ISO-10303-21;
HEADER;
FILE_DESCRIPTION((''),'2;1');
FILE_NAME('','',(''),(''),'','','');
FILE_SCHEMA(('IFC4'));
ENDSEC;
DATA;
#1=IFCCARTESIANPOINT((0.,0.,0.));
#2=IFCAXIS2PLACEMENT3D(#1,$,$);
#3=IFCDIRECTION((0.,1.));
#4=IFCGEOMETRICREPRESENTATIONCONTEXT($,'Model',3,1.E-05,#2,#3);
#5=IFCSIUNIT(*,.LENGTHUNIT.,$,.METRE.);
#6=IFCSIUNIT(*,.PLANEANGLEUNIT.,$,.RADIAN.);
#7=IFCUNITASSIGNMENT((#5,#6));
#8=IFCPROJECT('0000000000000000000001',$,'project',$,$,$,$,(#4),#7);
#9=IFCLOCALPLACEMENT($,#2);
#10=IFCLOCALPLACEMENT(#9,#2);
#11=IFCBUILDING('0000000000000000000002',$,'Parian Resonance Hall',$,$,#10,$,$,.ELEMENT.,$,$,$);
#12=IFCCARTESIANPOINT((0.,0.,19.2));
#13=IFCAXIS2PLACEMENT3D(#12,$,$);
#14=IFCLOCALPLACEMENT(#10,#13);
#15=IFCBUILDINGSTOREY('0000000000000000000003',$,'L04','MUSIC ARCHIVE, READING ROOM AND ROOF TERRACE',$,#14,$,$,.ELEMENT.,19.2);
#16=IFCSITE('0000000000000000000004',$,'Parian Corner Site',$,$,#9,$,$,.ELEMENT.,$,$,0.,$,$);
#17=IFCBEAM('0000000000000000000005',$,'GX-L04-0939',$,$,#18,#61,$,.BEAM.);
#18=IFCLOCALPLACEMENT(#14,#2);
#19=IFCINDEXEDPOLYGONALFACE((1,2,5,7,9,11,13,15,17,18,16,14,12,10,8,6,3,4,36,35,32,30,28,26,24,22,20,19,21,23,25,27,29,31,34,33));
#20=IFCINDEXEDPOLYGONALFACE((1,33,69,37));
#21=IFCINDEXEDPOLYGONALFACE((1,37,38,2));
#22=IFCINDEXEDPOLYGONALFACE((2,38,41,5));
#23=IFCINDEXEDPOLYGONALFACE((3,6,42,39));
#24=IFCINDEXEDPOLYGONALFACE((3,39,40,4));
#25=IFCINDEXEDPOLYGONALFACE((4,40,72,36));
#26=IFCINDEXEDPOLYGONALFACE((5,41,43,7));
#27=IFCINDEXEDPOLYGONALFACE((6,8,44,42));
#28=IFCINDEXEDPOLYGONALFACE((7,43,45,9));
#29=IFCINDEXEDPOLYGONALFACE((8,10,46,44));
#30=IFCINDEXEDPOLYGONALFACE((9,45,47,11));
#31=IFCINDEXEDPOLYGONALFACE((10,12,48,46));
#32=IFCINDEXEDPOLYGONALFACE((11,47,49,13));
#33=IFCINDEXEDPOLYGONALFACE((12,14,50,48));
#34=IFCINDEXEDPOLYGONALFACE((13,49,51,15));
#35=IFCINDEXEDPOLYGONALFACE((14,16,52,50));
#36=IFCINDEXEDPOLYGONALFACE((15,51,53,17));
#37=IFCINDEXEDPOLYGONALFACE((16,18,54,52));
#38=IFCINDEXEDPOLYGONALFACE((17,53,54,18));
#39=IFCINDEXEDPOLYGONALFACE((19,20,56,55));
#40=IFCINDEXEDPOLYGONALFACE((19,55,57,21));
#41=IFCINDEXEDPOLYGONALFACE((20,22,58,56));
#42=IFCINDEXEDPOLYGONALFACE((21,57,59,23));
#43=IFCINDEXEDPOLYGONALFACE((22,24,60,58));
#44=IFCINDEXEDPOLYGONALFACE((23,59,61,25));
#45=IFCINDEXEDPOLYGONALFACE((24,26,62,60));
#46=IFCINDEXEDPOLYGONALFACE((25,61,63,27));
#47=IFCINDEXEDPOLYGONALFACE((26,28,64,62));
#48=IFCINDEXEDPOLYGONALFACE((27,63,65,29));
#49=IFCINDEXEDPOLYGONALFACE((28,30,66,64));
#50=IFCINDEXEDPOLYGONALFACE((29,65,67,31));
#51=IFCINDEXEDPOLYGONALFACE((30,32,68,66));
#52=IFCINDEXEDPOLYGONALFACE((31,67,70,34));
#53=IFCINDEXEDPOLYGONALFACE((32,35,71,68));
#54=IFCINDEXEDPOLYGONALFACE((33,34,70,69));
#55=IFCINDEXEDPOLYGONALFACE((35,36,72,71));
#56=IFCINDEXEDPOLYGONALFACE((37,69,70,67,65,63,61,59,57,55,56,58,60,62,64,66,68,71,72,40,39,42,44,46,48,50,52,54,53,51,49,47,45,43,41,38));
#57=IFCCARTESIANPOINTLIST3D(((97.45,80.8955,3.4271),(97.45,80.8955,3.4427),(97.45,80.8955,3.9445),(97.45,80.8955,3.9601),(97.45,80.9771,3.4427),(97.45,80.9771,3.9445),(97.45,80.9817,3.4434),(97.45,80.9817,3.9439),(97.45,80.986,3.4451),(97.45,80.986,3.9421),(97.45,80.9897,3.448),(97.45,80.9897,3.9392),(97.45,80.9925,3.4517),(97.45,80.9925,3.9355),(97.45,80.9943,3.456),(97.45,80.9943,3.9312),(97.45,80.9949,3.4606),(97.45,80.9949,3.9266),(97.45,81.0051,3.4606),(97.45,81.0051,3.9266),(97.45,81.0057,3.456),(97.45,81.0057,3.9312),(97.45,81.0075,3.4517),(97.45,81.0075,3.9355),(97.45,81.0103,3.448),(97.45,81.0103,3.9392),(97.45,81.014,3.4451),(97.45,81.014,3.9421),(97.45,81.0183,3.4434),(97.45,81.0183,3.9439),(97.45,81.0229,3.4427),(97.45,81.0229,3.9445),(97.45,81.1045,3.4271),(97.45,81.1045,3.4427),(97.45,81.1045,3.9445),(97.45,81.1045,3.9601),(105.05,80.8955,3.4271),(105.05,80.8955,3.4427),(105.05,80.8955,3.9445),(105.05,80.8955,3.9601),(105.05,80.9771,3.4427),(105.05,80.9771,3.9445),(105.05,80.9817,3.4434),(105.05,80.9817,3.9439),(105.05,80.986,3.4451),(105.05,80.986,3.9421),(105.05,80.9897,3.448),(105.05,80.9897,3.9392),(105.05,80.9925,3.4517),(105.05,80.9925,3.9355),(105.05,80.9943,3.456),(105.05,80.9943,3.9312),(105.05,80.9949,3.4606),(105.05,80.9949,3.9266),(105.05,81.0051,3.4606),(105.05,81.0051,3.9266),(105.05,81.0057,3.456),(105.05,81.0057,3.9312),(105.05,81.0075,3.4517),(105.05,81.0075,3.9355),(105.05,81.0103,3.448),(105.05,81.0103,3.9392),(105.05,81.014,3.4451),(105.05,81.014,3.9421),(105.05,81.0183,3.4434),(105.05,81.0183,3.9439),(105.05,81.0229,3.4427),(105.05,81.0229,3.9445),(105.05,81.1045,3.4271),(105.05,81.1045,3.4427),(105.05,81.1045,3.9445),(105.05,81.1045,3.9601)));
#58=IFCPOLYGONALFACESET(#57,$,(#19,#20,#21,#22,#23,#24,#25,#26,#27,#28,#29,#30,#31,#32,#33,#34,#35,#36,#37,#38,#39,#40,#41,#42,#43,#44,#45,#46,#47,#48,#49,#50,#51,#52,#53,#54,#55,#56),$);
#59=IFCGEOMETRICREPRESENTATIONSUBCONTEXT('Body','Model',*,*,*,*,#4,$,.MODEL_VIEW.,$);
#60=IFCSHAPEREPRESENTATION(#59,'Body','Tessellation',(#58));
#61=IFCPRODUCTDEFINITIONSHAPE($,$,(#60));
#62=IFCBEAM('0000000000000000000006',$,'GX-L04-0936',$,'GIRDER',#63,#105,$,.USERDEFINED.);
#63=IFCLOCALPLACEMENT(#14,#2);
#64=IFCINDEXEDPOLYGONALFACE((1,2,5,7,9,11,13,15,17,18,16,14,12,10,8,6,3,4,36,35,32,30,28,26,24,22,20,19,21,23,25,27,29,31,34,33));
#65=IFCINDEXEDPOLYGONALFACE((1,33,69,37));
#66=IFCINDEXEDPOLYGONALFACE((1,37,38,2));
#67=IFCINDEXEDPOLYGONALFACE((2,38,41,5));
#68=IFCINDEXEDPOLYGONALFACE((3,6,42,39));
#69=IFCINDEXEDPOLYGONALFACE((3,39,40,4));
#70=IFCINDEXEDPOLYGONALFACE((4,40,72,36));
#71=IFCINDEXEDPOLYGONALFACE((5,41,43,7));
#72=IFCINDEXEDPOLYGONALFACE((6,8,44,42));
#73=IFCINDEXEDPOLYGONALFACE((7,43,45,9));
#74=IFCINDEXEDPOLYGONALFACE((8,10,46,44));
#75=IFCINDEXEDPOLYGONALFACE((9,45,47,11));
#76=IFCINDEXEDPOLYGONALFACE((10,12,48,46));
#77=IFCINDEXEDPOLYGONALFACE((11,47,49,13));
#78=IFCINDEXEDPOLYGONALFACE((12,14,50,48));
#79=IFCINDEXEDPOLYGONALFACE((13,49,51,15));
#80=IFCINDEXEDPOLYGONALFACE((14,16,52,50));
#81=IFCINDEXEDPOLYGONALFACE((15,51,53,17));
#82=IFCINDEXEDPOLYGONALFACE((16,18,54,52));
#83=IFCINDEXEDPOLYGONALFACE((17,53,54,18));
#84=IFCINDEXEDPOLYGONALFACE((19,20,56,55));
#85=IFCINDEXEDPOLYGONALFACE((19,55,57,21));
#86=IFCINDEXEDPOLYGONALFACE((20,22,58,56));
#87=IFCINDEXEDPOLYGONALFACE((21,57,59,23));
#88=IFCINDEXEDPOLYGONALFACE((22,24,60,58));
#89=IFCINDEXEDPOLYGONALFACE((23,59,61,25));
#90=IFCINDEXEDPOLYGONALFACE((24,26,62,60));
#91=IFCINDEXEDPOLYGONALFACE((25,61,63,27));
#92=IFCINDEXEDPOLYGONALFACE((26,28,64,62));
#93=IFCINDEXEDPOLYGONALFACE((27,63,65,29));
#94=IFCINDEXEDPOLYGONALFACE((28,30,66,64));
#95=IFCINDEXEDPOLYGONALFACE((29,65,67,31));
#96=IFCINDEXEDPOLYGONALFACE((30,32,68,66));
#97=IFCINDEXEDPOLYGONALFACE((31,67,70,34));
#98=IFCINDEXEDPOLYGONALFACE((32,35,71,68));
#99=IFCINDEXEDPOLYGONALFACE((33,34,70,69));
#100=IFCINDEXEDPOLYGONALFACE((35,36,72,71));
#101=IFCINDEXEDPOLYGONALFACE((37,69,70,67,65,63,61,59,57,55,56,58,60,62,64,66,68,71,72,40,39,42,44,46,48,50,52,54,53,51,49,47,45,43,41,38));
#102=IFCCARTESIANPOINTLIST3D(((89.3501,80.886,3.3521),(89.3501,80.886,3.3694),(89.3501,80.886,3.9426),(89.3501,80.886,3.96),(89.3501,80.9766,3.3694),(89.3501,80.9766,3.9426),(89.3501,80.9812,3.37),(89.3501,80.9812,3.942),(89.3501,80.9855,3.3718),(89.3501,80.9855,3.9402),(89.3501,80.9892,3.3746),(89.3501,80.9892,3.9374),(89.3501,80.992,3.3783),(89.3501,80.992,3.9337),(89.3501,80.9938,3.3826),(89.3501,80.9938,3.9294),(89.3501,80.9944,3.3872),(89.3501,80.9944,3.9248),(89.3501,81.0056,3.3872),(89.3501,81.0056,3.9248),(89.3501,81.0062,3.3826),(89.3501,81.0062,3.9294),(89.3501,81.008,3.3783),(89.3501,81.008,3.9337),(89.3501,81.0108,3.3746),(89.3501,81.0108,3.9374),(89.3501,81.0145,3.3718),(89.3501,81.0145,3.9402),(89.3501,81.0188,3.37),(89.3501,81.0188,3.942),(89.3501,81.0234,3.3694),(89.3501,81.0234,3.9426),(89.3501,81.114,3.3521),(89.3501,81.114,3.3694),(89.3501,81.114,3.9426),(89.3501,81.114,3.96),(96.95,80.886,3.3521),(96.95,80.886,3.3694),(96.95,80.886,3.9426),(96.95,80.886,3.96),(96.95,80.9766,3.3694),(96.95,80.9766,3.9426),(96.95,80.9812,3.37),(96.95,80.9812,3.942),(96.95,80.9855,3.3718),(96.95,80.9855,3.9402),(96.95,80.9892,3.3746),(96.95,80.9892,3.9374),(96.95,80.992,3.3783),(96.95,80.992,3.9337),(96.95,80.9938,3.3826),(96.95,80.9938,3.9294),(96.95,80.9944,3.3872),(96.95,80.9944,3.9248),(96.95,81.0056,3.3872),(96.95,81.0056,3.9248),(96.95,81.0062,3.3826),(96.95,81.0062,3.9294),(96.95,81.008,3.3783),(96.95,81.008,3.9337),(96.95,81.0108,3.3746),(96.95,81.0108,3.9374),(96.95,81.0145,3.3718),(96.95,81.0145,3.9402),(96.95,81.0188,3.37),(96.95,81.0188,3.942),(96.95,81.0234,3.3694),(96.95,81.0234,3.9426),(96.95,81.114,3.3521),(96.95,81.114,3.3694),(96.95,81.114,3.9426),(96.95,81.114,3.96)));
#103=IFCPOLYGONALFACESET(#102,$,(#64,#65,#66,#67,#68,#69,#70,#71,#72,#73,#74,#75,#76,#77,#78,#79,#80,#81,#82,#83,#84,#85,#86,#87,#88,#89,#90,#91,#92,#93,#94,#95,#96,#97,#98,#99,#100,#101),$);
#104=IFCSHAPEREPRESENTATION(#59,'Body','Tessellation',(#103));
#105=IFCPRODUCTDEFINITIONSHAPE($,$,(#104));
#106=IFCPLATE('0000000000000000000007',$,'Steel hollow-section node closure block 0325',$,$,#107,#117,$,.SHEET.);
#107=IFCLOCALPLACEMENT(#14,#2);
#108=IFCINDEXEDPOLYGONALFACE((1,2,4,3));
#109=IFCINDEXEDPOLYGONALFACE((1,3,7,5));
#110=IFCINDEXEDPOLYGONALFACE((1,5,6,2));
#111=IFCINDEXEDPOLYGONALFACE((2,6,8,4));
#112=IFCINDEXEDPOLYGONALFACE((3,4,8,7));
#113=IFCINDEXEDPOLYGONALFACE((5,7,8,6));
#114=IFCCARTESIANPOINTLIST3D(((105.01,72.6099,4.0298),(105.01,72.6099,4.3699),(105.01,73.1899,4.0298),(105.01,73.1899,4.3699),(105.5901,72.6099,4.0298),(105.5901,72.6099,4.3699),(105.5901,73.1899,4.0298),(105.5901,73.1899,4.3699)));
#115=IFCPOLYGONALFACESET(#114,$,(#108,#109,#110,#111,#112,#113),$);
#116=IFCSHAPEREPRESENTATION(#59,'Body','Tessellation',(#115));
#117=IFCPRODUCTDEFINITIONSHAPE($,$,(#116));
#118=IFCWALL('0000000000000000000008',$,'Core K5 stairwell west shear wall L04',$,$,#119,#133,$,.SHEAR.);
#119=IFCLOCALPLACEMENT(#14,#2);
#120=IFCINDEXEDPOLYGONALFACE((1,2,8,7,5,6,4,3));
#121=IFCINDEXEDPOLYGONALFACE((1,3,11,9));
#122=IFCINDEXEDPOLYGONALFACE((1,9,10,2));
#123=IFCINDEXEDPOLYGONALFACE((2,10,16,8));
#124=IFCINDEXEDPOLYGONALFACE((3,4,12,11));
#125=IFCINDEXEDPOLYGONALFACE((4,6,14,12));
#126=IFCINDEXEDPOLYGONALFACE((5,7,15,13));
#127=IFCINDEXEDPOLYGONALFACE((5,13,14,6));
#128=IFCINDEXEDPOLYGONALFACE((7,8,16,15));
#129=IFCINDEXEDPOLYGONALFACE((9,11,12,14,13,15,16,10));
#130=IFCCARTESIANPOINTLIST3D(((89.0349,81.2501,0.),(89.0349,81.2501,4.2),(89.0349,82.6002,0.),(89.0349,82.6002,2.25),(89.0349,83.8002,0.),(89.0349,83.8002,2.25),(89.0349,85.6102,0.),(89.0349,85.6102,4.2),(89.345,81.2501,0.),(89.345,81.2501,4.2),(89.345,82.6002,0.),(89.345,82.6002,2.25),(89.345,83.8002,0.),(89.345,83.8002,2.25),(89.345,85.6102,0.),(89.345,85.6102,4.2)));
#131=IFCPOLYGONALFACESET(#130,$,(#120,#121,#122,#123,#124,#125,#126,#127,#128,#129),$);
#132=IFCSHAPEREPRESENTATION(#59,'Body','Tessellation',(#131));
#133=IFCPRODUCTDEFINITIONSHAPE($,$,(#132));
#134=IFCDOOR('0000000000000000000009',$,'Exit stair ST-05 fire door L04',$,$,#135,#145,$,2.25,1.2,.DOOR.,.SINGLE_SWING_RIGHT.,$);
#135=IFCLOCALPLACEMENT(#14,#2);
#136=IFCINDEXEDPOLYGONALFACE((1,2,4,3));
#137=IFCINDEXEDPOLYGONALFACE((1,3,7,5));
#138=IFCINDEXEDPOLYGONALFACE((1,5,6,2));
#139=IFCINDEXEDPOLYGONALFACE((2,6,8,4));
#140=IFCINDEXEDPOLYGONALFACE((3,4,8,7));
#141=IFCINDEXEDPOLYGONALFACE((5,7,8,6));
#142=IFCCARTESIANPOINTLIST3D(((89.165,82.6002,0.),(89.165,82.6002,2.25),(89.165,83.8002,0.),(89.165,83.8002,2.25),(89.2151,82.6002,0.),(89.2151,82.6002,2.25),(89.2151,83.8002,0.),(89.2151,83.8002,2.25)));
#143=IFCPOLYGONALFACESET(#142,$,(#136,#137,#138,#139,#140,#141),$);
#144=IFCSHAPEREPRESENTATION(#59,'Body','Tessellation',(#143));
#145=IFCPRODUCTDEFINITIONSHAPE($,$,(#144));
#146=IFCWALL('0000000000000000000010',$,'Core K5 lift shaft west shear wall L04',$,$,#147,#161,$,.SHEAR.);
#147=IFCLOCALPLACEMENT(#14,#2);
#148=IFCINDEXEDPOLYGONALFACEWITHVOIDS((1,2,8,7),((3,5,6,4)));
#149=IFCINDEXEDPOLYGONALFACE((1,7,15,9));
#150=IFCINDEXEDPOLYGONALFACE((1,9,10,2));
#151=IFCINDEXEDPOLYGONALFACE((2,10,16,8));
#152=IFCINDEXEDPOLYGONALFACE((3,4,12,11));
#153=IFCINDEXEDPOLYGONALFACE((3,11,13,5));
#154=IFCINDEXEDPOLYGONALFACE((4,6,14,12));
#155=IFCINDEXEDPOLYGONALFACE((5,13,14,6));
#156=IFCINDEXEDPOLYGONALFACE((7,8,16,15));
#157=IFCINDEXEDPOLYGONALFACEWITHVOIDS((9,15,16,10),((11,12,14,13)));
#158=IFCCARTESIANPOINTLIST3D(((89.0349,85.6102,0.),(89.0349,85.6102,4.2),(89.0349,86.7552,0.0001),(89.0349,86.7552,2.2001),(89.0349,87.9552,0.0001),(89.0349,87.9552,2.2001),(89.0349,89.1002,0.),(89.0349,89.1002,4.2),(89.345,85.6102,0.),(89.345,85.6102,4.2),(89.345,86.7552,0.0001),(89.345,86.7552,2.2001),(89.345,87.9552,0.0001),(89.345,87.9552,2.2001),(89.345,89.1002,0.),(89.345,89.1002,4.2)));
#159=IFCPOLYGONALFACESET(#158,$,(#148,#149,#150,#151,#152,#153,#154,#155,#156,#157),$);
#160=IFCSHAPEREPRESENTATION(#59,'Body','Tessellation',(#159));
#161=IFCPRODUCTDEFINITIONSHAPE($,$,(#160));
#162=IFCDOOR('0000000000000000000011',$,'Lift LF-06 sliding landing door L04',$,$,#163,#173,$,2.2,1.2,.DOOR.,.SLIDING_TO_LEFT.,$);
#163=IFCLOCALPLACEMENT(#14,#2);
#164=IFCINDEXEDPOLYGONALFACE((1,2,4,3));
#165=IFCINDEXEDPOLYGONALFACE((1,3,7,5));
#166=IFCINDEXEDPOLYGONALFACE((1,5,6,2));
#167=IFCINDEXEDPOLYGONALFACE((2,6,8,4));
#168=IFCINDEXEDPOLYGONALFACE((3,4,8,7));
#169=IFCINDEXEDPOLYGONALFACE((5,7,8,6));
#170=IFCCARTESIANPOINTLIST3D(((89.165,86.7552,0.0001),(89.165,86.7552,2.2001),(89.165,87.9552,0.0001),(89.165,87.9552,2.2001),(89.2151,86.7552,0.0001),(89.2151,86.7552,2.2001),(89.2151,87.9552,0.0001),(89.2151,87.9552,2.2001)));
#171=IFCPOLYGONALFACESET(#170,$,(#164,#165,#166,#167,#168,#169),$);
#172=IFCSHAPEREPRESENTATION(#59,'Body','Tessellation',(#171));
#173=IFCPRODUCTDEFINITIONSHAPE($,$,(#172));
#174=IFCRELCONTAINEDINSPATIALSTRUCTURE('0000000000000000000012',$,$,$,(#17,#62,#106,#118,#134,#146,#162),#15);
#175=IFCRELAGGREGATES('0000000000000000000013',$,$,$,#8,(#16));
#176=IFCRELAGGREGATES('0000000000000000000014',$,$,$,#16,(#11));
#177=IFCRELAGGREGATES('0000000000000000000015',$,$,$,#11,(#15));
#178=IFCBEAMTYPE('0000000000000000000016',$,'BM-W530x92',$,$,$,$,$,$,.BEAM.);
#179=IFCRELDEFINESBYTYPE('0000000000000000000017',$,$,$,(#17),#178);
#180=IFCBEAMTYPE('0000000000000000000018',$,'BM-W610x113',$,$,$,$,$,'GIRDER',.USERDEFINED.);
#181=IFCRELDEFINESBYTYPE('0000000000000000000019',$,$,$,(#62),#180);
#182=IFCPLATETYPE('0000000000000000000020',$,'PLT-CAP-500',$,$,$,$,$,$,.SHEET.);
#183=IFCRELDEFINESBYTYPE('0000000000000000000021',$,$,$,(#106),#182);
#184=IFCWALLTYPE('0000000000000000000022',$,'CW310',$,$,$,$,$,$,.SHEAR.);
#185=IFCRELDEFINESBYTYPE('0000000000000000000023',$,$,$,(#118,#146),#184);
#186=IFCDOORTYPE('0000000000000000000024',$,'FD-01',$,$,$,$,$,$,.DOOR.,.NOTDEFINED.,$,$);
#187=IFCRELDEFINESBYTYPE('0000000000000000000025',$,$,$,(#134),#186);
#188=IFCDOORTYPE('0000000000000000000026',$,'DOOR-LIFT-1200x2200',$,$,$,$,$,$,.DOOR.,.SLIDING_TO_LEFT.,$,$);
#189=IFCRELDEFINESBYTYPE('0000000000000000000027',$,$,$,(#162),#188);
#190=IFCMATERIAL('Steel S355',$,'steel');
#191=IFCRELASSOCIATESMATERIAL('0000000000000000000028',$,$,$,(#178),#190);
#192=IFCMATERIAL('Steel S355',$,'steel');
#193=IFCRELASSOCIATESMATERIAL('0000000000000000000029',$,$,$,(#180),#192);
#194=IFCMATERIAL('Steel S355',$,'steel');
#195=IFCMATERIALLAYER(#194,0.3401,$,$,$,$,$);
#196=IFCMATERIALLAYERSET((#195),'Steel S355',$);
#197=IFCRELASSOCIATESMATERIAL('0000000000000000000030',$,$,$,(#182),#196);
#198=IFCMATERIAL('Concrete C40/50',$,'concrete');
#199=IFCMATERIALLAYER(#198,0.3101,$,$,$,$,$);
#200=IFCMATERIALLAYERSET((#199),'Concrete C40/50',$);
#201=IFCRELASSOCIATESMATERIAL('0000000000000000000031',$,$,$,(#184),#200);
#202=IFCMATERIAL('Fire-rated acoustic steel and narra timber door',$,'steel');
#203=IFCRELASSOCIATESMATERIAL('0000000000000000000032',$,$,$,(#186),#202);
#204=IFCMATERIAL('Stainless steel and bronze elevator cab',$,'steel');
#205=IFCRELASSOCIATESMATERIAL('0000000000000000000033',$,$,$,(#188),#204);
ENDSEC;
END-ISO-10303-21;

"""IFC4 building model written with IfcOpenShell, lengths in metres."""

from ifc_helpers import new_model, si_unit, direction, frame, frame_2d, origin, origin_2d, place, context, subcontext, project, spatial, rectangle, i_section, extrude, material, layer, layer_set, material_profile, profile_set, type_object, element, fill, save


model = new_model("IFC4")

# Units and contexts
model_context = context("Model", 3, precision=1e-05, world=origin(), true_north=direction((0.0, 1.0)))
body_context = subcontext(model_context, "Body", "Model", "MODEL_VIEW")
ifc_project = project(units=[si_unit("LENGTHUNIT", "METRE"), si_unit("PLANEANGLEUNIT", "RADIAN")], contexts=[model_context])

# Site, building, storey
site_placement = place(None, origin())
site = spatial("IfcSite", under=ifc_project, at=site_placement, Name="Parian Corner Site", CompositionType="ELEMENT", RefElevation=0.0)
building_placement = place(site_placement, origin())
building = spatial("IfcBuilding", under=site, at=building_placement, Name="Parian Resonance Hall", CompositionType="ELEMENT")
storey_placement = place(building_placement, frame((0.0, 0.0, 19.2)))
storey = spatial("IfcBuildingStorey", under=building, at=storey_placement, Name="L04", Description="MUSIC ARCHIVE, READING ROOM AND ROOF TERRACE", CompositionType="ELEMENT", Elevation=19.2)

# Beams
ifc_material_1 = material(Name="Steel S355", Category="steel")
ifc_material_profile_1 = material_profile(ifc_material_1, i_section(OverallWidth=0.209, OverallDepth=0.533, WebThickness=0.0103, FlangeThickness=0.0156, FilletRadius=0.0178, at=origin_2d()), Name="W530x92")
ifc_profile_set_1 = profile_set([ifc_material_profile_1], Name="Steel S355")
beam_type_1 = type_object("IfcBeamType", Name="BM-W530x92", PredefinedType="BEAM", material=ifc_profile_set_1)
beam_1_placement = place(storey_placement, frame((97.45, 81.0, 3.6936), z_axis=(1.0, 0.0, 0.0), x_axis=(0.0, 1.0, 0.0)))
element("IfcBeam", 1, at=beam_1_placement, inside=storey, type_object=beam_type_1, Name="GX-L04-0939", PredefinedType="BEAM", context=body_context, shape_type="SweptSolid", body=[
    extrude(i_section(OverallWidth=0.209, OverallDepth=0.533, WebThickness=0.0103, FlangeThickness=0.0156, FilletRadius=0.0178, at=origin_2d()), origin(), (0.0, 0.0, 1.0), 7.6001),
])
ifc_material_2 = material(Name="Steel S355", Category="steel")
ifc_material_profile_2 = material_profile(ifc_material_2, i_section(OverallWidth=0.228, OverallDepth=0.6079, WebThickness=0.0112, FlangeThickness=0.0173, FilletRadius=0.0178, at=origin_2d()), Name="W610x113")
ifc_profile_set_2 = profile_set([ifc_material_profile_2], Name="Steel S355")
beam_type_2 = type_object("IfcBeamType", Name="BM-W610x113", ElementType="GIRDER", PredefinedType="USERDEFINED", material=ifc_profile_set_2)
beam_2_placement = place(storey_placement, frame((89.3501, 81.0, 3.656), z_axis=(1.0, 0.0, 0.0), x_axis=(0.0, 1.0, 0.0)))
element("IfcBeam", 2, at=beam_2_placement, inside=storey, type_object=beam_type_2, Name="GX-L04-0936", ObjectType="GIRDER", PredefinedType="USERDEFINED", context=body_context, shape_type="SweptSolid", body=[
    extrude(i_section(OverallWidth=0.228, OverallDepth=0.6079, WebThickness=0.0112, FlangeThickness=0.0173, FilletRadius=0.0178, at=origin_2d()), origin(), (0.0, 0.0, 1.0), 7.5999),
])

# Plate
ifc_material_3 = material(Name="Steel S355", Category="steel")
ifc_layer_1 = layer(ifc_material_3, 0.3401)
ifc_layer_set_1 = layer_set([ifc_layer_1], Name="Steel S355")
plate_type = type_object("IfcPlateType", Name="PLT-CAP-500", PredefinedType="SHEET", material=ifc_layer_set_1)
plate_placement = place(storey_placement, frame((105.3, 72.8999, 4.0298), z_axis=(0.0, 0.0, 1.0), x_axis=(1.0, 0.0, 0.0)))
element("IfcPlate", 3, at=plate_placement, inside=storey, type_object=plate_type, Name="Steel hollow-section node closure block 0325", PredefinedType="SHEET", context=body_context, shape_type="SweptSolid", body=[
    extrude(rectangle(XDim=0.5801, YDim=0.5801, at=origin_2d()), origin(), (0.0, 0.0, 1.0), 0.3401),
])

# Walls, openings, doors
ifc_material_4 = material(Name="Concrete C40/50", Category="concrete")
ifc_layer_2 = layer(ifc_material_4, 0.3101)
ifc_layer_set_2 = layer_set([ifc_layer_2], Name="Concrete C40/50")
wall_type_1 = type_object("IfcWallType", Name="CW310", PredefinedType="SHEAR", material=ifc_layer_set_2)
wall_1_placement = place(storey_placement, frame((89.1899, 81.25, 0.0), z_axis=(0.0, 0.0, 1.0), x_axis=(0.0, 1.0, 0.0)))
wall_1 = element("IfcWall", 4, at=wall_1_placement, inside=storey, type_object=wall_type_1, Name="Core K5 stairwell west shear wall L04", PredefinedType="SHEAR", context=body_context, shape_type="SweptSolid", body=[
    extrude(rectangle(XDim=4.3601, YDim=0.3101, at=frame_2d((2.1802, 0.0))), origin(), (0.0, 0.0, 1.0), 4.2),
])
opening_1_placement = place(wall_1_placement, frame((1.3501, 0.0, 0.0)))
opening_1 = element("IfcOpeningElement", 5, at=opening_1_placement, cuts=wall_1, PredefinedType="OPENING", context=body_context, shape_type="SweptSolid", body=[
    extrude(rectangle(XDim=1.2, YDim=2.25, at=frame_2d((0.6001, 1.125))), frame((0.0, 0.165, 0.0), z_axis=(0.0, -1.0, 0.0), x_axis=(1.0, 0.0, 0.0)), (0.0, 0.0, 1.0), 0.3301),
])
ifc_material_5 = material(Name="Fire-rated acoustic steel and narra timber door", Category="steel")
door_type_1 = type_object("IfcDoorType", Name="FD-01", OperationType="NOTDEFINED", PredefinedType="DOOR", material=ifc_material_5)
door_1_placement = place(opening_1_placement, origin())
door_1 = element("IfcDoor", 6, at=door_1_placement, inside=storey, type_object=door_type_1, Name="Exit stair ST-05 fire door L04", OperationType="SINGLE_SWING_RIGHT", OverallHeight=2.25, OverallWidth=1.2, PredefinedType="DOOR", context=body_context, shape_type="SweptSolid", body=[
    extrude(rectangle(XDim=1.2, YDim=2.25, at=frame_2d((0.6001, 1.125))), frame((0.0, 0.0249, 0.0), z_axis=(0.0, -1.0, 0.0), x_axis=(1.0, 0.0, 0.0)), (0.0, 0.0, 1.0), 0.05),
])
fill(opening_1, door_1)
wall_2_placement = place(storey_placement, frame((89.1899, 85.6101, 0.0), z_axis=(0.0, 0.0, 1.0), x_axis=(0.0, 1.0, 0.0)))
wall_2 = element("IfcWall", 7, at=wall_2_placement, inside=storey, type_object=wall_type_1, Name="Core K5 lift shaft west shear wall L04", PredefinedType="SHEAR", context=body_context, shape_type="SweptSolid", body=[
    extrude(rectangle(XDim=3.49, YDim=0.3101, at=frame_2d((1.7451, 0.0))), origin(), (0.0, 0.0, 1.0), 4.2),
])
opening_2_placement = place(wall_2_placement, frame((1.145, 0.0, 0.0)))
opening_2 = element("IfcOpeningElement", 8, at=opening_2_placement, cuts=wall_2, PredefinedType="OPENING", context=body_context, shape_type="SweptSolid", body=[
    extrude(rectangle(XDim=1.2, YDim=2.2, at=frame_2d((0.6001, 1.1001))), frame((0.0, 0.165, 0.0), z_axis=(0.0, -1.0, 0.0), x_axis=(1.0, 0.0, 0.0)), (0.0, 0.0, 1.0), 0.3301),
])
ifc_material_6 = material(Name="Stainless steel and bronze elevator cab", Category="steel")
door_type_2 = type_object("IfcDoorType", Name="DOOR-LIFT-1200x2200", OperationType="SLIDING_TO_LEFT", PredefinedType="DOOR", material=ifc_material_6)
door_2_placement = place(opening_2_placement, origin())
door_2 = element("IfcDoor", 9, at=door_2_placement, inside=storey, type_object=door_type_2, Name="Lift LF-06 sliding landing door L04", OperationType="SLIDING_TO_LEFT", OverallHeight=2.2, OverallWidth=1.2, PredefinedType="DOOR", context=body_context, shape_type="SweptSolid", body=[
    extrude(rectangle(XDim=1.2, YDim=2.2, at=frame_2d((0.6001, 1.1001))), frame((0.0, 0.0249, 0.0), z_axis=(0.0, -1.0, 0.0), x_axis=(1.0, 0.0, 0.0)), (0.0, 0.0, 1.0), 0.05),
])
fill(opening_2, door_2)

save(model, "model.ifc")
